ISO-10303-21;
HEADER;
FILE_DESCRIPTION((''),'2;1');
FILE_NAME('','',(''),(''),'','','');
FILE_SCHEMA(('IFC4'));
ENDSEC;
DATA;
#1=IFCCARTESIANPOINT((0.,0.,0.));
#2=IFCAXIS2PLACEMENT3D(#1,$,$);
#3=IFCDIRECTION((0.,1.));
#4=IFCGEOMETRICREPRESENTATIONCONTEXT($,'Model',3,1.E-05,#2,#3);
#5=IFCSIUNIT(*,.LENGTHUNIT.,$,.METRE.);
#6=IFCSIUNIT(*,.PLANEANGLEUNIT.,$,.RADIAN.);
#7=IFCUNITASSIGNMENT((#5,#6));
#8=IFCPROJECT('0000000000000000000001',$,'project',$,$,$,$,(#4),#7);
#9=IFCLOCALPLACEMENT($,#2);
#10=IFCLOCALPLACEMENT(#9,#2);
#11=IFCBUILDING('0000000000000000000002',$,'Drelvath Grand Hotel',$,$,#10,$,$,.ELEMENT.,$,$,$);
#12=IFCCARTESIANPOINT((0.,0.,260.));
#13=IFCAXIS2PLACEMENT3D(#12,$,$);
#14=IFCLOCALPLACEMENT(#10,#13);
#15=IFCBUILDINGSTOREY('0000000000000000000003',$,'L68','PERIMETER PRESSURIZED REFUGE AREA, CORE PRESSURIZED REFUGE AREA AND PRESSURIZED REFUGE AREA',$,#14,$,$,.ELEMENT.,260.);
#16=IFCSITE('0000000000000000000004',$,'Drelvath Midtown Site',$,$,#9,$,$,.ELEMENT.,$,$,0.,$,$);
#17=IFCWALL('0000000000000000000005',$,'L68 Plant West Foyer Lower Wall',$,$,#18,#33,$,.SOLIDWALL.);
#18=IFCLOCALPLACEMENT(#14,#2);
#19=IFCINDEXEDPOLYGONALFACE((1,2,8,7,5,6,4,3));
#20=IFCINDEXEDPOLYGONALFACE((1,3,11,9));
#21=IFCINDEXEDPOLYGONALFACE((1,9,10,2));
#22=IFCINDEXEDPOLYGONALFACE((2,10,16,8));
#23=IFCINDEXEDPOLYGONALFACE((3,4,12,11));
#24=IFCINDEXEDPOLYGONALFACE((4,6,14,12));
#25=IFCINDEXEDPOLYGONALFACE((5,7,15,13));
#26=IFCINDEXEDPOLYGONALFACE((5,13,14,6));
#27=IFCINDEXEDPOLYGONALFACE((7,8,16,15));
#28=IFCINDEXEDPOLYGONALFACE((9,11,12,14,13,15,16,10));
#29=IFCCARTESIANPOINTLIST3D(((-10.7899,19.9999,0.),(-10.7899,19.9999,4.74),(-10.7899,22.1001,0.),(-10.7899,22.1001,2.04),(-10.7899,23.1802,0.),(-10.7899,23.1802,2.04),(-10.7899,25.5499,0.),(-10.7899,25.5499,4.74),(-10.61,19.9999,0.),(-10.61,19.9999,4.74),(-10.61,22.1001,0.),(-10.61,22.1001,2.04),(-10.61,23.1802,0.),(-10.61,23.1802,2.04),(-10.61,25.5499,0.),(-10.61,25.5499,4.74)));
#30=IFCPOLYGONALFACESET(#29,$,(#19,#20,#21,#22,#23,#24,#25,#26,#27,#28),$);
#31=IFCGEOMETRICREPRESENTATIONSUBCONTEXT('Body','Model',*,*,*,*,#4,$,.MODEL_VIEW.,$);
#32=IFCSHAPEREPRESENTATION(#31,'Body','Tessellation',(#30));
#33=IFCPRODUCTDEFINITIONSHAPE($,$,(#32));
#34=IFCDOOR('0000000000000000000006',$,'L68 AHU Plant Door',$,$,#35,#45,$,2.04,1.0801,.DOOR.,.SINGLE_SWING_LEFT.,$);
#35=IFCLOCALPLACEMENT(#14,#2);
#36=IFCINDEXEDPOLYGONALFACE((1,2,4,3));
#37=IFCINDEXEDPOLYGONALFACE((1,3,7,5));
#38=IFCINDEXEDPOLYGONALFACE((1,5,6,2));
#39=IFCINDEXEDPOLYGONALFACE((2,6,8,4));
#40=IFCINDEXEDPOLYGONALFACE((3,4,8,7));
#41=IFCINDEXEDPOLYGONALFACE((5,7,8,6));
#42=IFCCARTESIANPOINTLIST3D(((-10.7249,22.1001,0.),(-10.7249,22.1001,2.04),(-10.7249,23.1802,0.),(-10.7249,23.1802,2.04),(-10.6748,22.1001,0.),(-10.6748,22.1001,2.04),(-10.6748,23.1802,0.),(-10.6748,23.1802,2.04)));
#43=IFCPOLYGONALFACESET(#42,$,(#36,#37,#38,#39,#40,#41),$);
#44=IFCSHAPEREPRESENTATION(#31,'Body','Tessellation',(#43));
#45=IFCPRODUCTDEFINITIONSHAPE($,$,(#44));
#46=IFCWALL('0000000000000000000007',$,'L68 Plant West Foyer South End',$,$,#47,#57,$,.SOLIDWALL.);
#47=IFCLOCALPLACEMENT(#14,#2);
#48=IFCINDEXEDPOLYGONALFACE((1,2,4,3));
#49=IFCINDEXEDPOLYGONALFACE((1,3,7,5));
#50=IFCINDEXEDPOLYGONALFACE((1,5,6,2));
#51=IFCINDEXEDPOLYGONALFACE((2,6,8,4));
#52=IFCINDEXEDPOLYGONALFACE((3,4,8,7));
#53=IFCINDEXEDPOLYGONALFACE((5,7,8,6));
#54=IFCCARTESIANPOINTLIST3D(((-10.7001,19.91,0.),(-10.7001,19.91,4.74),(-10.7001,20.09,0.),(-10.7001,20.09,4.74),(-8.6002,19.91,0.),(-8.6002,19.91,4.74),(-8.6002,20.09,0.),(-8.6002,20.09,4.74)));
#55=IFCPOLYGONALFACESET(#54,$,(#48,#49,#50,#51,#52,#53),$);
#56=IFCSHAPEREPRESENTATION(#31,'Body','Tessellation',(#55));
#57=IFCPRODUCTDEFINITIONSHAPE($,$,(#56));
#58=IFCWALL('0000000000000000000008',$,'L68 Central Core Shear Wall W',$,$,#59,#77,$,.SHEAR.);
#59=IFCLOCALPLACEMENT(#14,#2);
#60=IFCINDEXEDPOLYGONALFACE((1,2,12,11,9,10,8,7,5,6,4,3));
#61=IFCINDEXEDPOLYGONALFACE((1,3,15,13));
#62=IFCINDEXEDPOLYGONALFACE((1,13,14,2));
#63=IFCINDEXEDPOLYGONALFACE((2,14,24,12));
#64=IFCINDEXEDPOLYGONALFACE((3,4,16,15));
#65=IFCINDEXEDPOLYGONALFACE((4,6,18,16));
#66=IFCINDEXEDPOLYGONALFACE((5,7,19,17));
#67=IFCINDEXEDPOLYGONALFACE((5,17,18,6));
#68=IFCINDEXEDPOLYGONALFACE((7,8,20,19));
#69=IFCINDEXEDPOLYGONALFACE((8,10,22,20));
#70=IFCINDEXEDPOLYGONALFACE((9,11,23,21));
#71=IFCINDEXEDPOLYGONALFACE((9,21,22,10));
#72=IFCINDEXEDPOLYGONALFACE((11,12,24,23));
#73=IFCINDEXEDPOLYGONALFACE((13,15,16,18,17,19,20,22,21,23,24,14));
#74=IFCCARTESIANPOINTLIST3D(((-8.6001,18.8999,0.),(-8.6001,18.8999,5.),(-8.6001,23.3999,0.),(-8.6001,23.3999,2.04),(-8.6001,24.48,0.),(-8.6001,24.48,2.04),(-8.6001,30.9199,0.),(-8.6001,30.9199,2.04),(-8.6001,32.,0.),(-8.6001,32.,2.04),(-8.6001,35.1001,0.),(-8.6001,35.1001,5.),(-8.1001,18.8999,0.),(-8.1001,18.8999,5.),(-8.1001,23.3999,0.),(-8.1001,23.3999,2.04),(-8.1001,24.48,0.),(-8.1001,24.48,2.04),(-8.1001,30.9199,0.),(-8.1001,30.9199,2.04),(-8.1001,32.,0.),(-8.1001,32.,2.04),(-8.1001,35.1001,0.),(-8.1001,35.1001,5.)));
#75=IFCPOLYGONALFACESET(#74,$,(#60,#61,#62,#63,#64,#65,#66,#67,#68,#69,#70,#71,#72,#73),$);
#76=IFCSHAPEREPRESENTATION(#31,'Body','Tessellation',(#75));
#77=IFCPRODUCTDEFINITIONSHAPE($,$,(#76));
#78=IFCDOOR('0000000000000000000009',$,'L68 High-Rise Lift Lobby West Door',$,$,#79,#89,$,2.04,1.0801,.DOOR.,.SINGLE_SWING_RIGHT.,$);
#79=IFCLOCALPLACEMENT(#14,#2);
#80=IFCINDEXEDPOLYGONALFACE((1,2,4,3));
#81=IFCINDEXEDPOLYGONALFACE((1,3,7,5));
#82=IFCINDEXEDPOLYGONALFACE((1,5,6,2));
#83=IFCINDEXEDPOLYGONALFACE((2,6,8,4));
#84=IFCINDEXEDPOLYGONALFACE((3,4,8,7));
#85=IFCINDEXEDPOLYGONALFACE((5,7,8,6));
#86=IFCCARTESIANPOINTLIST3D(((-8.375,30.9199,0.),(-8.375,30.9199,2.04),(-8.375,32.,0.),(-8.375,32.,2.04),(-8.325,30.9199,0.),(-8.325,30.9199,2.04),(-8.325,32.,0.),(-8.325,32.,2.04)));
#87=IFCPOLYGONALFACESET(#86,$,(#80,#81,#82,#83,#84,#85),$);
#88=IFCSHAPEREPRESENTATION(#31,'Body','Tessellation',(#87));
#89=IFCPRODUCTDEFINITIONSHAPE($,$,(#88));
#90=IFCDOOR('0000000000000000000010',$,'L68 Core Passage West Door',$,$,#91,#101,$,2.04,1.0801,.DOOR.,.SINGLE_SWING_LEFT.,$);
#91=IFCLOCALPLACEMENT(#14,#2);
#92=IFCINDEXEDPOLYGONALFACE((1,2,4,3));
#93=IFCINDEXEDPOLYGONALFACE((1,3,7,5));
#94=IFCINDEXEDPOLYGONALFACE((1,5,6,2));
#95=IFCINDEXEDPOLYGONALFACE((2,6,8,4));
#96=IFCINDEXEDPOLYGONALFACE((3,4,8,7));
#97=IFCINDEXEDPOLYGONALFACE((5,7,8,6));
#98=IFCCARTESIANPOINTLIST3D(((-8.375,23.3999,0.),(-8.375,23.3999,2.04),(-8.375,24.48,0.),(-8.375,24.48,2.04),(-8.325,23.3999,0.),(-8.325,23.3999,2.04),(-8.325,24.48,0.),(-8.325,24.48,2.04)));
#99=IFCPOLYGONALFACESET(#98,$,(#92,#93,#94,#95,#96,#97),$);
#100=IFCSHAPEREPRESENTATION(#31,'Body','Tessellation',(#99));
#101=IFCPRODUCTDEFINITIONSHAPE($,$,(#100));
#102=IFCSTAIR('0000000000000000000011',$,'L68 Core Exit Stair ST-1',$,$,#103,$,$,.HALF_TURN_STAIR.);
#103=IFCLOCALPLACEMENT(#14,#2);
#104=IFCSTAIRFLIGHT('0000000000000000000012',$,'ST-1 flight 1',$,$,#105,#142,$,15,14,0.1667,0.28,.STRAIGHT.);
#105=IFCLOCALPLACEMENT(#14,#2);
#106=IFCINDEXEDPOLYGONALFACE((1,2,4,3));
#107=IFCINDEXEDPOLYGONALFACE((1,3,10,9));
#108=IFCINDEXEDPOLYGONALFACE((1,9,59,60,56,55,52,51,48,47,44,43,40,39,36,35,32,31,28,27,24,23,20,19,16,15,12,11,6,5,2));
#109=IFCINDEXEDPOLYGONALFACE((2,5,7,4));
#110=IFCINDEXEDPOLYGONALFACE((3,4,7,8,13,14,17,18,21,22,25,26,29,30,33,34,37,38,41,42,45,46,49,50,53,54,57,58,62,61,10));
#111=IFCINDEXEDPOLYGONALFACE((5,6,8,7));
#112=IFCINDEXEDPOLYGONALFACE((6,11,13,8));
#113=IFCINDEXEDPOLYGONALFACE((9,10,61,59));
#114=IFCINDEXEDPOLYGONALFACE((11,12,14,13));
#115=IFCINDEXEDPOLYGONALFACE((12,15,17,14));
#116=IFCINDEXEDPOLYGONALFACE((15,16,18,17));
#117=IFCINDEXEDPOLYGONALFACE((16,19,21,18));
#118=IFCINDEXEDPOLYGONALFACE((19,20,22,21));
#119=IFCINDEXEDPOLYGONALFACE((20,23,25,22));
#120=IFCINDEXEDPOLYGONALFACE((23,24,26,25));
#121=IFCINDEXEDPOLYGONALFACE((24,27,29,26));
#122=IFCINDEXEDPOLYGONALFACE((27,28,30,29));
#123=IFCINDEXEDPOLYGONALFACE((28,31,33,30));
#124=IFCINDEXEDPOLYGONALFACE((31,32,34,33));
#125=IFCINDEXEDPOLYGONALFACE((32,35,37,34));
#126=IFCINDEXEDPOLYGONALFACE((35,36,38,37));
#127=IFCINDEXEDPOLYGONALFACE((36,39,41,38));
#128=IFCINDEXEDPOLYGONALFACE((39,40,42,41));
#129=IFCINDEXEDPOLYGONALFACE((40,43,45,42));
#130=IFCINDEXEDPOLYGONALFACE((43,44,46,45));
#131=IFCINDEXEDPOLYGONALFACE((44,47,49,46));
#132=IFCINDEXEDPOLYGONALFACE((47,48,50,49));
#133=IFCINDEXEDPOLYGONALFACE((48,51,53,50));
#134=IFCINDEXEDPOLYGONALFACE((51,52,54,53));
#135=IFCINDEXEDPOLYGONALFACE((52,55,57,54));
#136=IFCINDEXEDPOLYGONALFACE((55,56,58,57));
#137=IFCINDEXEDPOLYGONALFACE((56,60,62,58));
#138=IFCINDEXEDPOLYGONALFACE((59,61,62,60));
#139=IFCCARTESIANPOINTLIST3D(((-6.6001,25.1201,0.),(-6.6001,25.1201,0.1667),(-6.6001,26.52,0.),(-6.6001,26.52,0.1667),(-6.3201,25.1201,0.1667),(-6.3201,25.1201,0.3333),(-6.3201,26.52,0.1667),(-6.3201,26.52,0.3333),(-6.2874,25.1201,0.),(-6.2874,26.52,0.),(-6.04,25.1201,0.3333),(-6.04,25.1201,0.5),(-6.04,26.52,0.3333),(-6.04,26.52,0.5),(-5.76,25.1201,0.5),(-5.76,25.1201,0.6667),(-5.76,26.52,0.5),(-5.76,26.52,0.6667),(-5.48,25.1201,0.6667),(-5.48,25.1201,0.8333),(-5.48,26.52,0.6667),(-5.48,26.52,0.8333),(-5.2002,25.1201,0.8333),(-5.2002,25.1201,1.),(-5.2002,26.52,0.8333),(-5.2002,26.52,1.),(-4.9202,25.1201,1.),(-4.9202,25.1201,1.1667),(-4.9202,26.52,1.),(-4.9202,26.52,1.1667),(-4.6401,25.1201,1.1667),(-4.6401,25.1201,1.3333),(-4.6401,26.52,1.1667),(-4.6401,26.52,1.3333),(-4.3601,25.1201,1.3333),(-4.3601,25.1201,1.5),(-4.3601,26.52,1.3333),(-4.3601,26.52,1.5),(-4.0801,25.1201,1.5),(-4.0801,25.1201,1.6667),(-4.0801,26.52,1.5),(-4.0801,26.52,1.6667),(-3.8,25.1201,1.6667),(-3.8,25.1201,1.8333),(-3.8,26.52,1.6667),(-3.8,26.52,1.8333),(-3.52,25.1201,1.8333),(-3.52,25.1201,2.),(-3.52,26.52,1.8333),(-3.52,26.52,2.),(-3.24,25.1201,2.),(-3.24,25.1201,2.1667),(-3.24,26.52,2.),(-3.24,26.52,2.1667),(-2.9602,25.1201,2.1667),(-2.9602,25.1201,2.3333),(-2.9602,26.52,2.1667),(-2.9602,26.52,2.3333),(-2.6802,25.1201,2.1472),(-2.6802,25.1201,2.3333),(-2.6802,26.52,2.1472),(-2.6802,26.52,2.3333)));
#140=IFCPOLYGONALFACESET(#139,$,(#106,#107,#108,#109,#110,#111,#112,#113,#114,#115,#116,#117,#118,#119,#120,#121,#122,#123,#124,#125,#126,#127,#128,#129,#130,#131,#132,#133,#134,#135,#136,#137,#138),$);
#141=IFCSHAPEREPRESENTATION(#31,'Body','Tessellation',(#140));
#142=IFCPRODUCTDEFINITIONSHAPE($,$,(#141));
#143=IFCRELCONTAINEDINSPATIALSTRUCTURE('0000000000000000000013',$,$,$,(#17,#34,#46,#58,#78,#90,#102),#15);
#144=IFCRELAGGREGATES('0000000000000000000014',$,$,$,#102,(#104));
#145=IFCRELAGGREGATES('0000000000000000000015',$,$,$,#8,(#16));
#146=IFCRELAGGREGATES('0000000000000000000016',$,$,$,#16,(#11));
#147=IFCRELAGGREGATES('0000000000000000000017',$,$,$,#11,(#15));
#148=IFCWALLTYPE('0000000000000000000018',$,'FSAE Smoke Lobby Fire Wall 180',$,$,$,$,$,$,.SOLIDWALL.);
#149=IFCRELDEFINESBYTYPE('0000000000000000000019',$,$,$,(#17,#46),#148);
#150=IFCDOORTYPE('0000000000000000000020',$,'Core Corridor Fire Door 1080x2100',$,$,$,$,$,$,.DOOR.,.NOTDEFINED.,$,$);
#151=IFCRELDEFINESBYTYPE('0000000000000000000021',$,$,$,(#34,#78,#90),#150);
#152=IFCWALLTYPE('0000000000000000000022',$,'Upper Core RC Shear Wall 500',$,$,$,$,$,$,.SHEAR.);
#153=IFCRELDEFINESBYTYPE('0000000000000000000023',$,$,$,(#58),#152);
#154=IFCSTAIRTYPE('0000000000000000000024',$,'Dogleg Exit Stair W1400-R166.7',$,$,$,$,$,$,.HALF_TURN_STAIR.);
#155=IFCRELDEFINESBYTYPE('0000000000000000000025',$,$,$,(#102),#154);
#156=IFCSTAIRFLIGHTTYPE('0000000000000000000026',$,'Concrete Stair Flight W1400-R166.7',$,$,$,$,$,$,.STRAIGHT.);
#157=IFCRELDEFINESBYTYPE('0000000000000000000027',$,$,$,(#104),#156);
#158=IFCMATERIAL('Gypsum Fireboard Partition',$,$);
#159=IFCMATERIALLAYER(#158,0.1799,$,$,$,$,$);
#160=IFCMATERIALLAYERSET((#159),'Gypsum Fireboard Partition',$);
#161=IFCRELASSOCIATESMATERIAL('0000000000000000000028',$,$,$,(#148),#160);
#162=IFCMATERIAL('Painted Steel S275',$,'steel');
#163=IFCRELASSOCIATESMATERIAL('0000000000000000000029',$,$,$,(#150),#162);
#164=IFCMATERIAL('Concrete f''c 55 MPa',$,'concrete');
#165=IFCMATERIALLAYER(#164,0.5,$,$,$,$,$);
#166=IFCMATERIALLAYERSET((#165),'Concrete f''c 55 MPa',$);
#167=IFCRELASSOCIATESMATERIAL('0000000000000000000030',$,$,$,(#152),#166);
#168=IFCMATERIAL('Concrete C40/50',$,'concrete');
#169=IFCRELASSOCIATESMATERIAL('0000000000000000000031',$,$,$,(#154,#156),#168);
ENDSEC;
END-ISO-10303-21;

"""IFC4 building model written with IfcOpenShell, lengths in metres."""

from ifc_helpers import new_model, si_unit, direction, frame, frame_2d, origin, place, context, subcontext, project, spatial, polyline, rectangle, outline, extrude, material, layer, layer_set, type_object, element, fill, aggregate, save


model = new_model("IFC4")

# Units and contexts
model_context = context("Model", 3, precision=1e-05, world=origin(), true_north=direction((0.0, 1.0)))
body_context = subcontext(model_context, "Body", "Model", "MODEL_VIEW")
ifc_project = project(units=[si_unit("LENGTHUNIT", "METRE"), si_unit("PLANEANGLEUNIT", "RADIAN")], contexts=[model_context])

# Site, building, storey
site_placement = place(None, origin())
site = spatial("IfcSite", under=ifc_project, at=site_placement, Name="Drelvath Midtown Site", CompositionType="ELEMENT", RefElevation=0.0)
building_placement = place(site_placement, origin())
building = spatial("IfcBuilding", under=site, at=building_placement, Name="Drelvath Grand Hotel", CompositionType="ELEMENT")
storey_placement = place(building_placement, frame((0.0, 0.0, 260.0)))
storey = spatial("IfcBuildingStorey", under=building, at=storey_placement, Name="L68", Description="PERIMETER PRESSURIZED REFUGE AREA, CORE PRESSURIZED REFUGE AREA AND PRESSURIZED REFUGE AREA", CompositionType="ELEMENT", Elevation=260.0)

# Shared definitions
ifc_material_1 = material(Name="Concrete f'c 55 MPa", Category="concrete")

# Shared definitions
ifc_material_2 = material(Name="Concrete C40/50", Category="concrete")
ifc_material_3 = material(Name="Painted Steel S275", Category="steel")

# Shared definitions
ifc_material_4 = material(Name="Gypsum Fireboard Partition")
ifc_layer_1 = layer(ifc_material_4, 0.1799)
ifc_layer_set_1 = layer_set([ifc_layer_1], Name="Gypsum Fireboard Partition")
wall_type_1 = type_object("IfcWallType", Name="FSAE Smoke Lobby Fire Wall 180", PredefinedType="SOLIDWALL", material=ifc_layer_set_1)

# Wall, opening, door
wall_1_placement = place(storey_placement, frame((-10.7, 20.0, 0.0), z_axis=(0.0, 0.0, 1.0), x_axis=(0.0, 1.0, 0.0)))
wall_1 = element("IfcWall", 1, at=wall_1_placement, inside=storey, type_object=wall_type_1, Name="L68 Plant West Foyer Lower Wall", PredefinedType="SOLIDWALL", context=body_context, shape_type="SweptSolid", body=[
    extrude(rectangle(XDim=5.55, YDim=0.1799, at=frame_2d((2.7749, 0.0))), origin(), (0.0, 0.0, 1.0), 4.74),
])
opening_1_placement = place(wall_1_placement, frame((2.1001, 0.0, 0.0)))
opening_1 = element("IfcOpeningElement", 2, at=opening_1_placement, cuts=wall_1, PredefinedType="OPENING", context=body_context, shape_type="SweptSolid", body=[
    extrude(rectangle(XDim=1.0801, YDim=2.04, at=frame_2d((0.54, 1.02))), frame((0.0, 0.0999, 0.0), z_axis=(0.0, -1.0, 0.0), x_axis=(1.0, 0.0, 0.0)), (0.0, 0.0, 1.0), 0.2),
])
door_type_1 = type_object("IfcDoorType", Name="Core Corridor Fire Door 1080x2100", OperationType="NOTDEFINED", PredefinedType="DOOR", material=ifc_material_3)
door_1_placement = place(opening_1_placement, origin())
door_1 = element("IfcDoor", 3, at=door_1_placement, inside=storey, type_object=door_type_1, Name="L68 AHU Plant Door", OperationType="SINGLE_SWING_LEFT", OverallHeight=2.04, OverallWidth=1.0801, PredefinedType="DOOR", context=body_context, shape_type="SweptSolid", body=[
    extrude(rectangle(XDim=1.0801, YDim=2.04, at=frame_2d((0.54, 1.02))), frame((0.0, 0.0249, 0.0), z_axis=(0.0, -1.0, 0.0), x_axis=(1.0, 0.0, 0.0)), (0.0, 0.0, 1.0), 0.05),
])
fill(opening_1, door_1)

# Wall
wall_2_placement = place(storey_placement, frame((-10.7, 20.0, 0.0), z_axis=(0.0, 0.0, 1.0), x_axis=(1.0, 0.0, 0.0)))
element("IfcWall", 4, at=wall_2_placement, inside=storey, type_object=wall_type_1, Name="L68 Plant West Foyer South End", PredefinedType="SOLIDWALL", context=body_context, shape_type="SweptSolid", body=[
    extrude(rectangle(XDim=2.0999, YDim=0.1799, at=frame_2d((1.0498, 0.0))), origin(), (0.0, 0.0, 1.0), 4.74),
])

# Wall, openings, doors
ifc_layer_2 = layer(ifc_material_1, 0.5)
ifc_layer_set_2 = layer_set([ifc_layer_2], Name="Concrete f'c 55 MPa")
wall_type_2 = type_object("IfcWallType", Name="Upper Core RC Shear Wall 500", PredefinedType="SHEAR", material=ifc_layer_set_2)
wall_3_placement = place(storey_placement, frame((-8.3501, 18.8999, 0.0), z_axis=(0.0, 0.0, 1.0), x_axis=(0.0, 1.0, 0.0)))
wall_3 = element("IfcWall", 5, at=wall_3_placement, inside=storey, type_object=wall_type_2, Name="L68 Central Core Shear Wall W", PredefinedType="SHEAR", context=body_context, shape_type="SweptSolid", body=[
    extrude(rectangle(XDim=16.2002, YDim=0.5, at=frame_2d((8.1001, 0.0))), origin(), (0.0, 0.0, 1.0), 5.0),
])
opening_2_placement = place(wall_3_placement, frame((12.02, 0.0, 0.0)))
opening_2 = element("IfcOpeningElement", 6, at=opening_2_placement, cuts=wall_3, PredefinedType="OPENING", context=body_context, shape_type="SweptSolid", body=[
    extrude(rectangle(XDim=1.0801, YDim=2.04, at=frame_2d((0.54, 1.02))), frame((0.0, 0.26, 0.0), z_axis=(0.0, -1.0, 0.0), x_axis=(1.0, 0.0, 0.0)), (0.0, 0.0, 1.0), 0.52),
])
opening_3_placement = place(wall_3_placement, frame((4.5, 0.0, 0.0)))
opening_3 = element("IfcOpeningElement", 7, at=opening_3_placement, cuts=wall_3, PredefinedType="OPENING", context=body_context, shape_type="SweptSolid", body=[
    extrude(rectangle(XDim=1.0801, YDim=2.04, at=frame_2d((0.54, 1.02))), frame((0.0, 0.26, 0.0), z_axis=(0.0, -1.0, 0.0), x_axis=(1.0, 0.0, 0.0)), (0.0, 0.0, 1.0), 0.52),
])
door_2_placement = place(opening_2_placement, origin())
door_2 = element("IfcDoor", 8, at=door_2_placement, inside=storey, type_object=door_type_1, Name="L68 High-Rise Lift Lobby West Door", OperationType="SINGLE_SWING_RIGHT", OverallHeight=2.04, OverallWidth=1.0801, PredefinedType="DOOR", context=body_context, shape_type="SweptSolid", body=[
    extrude(rectangle(XDim=1.0801, YDim=2.04, at=frame_2d((0.54, 1.02))), frame((0.0, 0.0249, 0.0), z_axis=(0.0, -1.0, 0.0), x_axis=(1.0, 0.0, 0.0)), (0.0, 0.0, 1.0), 0.05),
])
fill(opening_2, door_2)
door_3_placement = place(opening_3_placement, origin())
door_3 = element("IfcDoor", 9, at=door_3_placement, inside=storey, type_object=door_type_1, Name="L68 Core Passage West Door", OperationType="SINGLE_SWING_LEFT", OverallHeight=2.04, OverallWidth=1.0801, PredefinedType="DOOR", context=body_context, shape_type="SweptSolid", body=[
    extrude(rectangle(XDim=1.0801, YDim=2.04, at=frame_2d((0.54, 1.02))), frame((0.0, 0.0249, 0.0), z_axis=(0.0, -1.0, 0.0), x_axis=(1.0, 0.0, 0.0)), (0.0, 0.0, 1.0), 0.05),
])
fill(opening_3, door_3)

# Stair, stair flight
stair_type = type_object("IfcStairType", Name="Dogleg Exit Stair W1400-R166.7", PredefinedType="HALF_TURN_STAIR", material=ifc_material_2)
stair_placement = place(storey_placement, origin())
stair = element("IfcStair", 10, at=stair_placement, inside=storey, type_object=stair_type, Name="L68 Core Exit Stair ST-1", PredefinedType="HALF_TURN_STAIR")
stair_flight_type = type_object("IfcStairFlightType", Name="Concrete Stair Flight W1400-R166.7", PredefinedType="STRAIGHT", material=ifc_material_2)
stair_flight_placement = place(storey_placement, frame((-6.6001, 25.8201, 0.0), z_axis=(0.0, 0.0, 1.0), x_axis=(1.0, 0.0, 0.0)))
stair_flight = element("IfcStairFlight", 11, at=stair_flight_placement, type_object=stair_flight_type, Name="ST-1 flight 1", NumberOfRisers=15, NumberOfTreads=14, PredefinedType="STRAIGHT", RiserHeight=0.1667, TreadLength=0.28, context=body_context, shape_type="SweptSolid", body=[
    extrude(outline(polyline([(0.0, 0.0), (0.0, 0.1667), (0.28, 0.1667), (0.28, 0.3333), (0.5601, 0.3333), (0.5601, 0.5), (0.8401, 0.5), (0.8401, 0.6667), (1.1201, 0.6667), (1.1201, 0.8333), (1.3999, 0.8333), (1.3999, 1.0), (1.6799, 1.0), (1.6799, 1.1667), (1.96, 1.1667), (1.96, 1.3333), (2.24, 1.3333), (2.24, 1.5), (2.52, 1.5), (2.52, 1.6667), (2.8, 1.6667), (2.8, 1.8333), (3.0801, 1.8333), (3.0801, 2.0), (3.3601, 2.0), (3.3601, 2.1667), (3.6399, 2.1667), (3.6399, 2.3333), (3.9199, 2.3333), (3.9199, 2.5), (3.9199, 2.1472), (0.3127, 0.0), (0.0, 0.0)])), frame((0.0, 0.7, 0.0), z_axis=(0.0, -1.0, 0.0), x_axis=(1.0, 0.0, 0.0)), (0.0, 0.0, 1.0), 1.3999),
])
aggregate(stair, [stair_flight])

save(model, "model.ifc")
